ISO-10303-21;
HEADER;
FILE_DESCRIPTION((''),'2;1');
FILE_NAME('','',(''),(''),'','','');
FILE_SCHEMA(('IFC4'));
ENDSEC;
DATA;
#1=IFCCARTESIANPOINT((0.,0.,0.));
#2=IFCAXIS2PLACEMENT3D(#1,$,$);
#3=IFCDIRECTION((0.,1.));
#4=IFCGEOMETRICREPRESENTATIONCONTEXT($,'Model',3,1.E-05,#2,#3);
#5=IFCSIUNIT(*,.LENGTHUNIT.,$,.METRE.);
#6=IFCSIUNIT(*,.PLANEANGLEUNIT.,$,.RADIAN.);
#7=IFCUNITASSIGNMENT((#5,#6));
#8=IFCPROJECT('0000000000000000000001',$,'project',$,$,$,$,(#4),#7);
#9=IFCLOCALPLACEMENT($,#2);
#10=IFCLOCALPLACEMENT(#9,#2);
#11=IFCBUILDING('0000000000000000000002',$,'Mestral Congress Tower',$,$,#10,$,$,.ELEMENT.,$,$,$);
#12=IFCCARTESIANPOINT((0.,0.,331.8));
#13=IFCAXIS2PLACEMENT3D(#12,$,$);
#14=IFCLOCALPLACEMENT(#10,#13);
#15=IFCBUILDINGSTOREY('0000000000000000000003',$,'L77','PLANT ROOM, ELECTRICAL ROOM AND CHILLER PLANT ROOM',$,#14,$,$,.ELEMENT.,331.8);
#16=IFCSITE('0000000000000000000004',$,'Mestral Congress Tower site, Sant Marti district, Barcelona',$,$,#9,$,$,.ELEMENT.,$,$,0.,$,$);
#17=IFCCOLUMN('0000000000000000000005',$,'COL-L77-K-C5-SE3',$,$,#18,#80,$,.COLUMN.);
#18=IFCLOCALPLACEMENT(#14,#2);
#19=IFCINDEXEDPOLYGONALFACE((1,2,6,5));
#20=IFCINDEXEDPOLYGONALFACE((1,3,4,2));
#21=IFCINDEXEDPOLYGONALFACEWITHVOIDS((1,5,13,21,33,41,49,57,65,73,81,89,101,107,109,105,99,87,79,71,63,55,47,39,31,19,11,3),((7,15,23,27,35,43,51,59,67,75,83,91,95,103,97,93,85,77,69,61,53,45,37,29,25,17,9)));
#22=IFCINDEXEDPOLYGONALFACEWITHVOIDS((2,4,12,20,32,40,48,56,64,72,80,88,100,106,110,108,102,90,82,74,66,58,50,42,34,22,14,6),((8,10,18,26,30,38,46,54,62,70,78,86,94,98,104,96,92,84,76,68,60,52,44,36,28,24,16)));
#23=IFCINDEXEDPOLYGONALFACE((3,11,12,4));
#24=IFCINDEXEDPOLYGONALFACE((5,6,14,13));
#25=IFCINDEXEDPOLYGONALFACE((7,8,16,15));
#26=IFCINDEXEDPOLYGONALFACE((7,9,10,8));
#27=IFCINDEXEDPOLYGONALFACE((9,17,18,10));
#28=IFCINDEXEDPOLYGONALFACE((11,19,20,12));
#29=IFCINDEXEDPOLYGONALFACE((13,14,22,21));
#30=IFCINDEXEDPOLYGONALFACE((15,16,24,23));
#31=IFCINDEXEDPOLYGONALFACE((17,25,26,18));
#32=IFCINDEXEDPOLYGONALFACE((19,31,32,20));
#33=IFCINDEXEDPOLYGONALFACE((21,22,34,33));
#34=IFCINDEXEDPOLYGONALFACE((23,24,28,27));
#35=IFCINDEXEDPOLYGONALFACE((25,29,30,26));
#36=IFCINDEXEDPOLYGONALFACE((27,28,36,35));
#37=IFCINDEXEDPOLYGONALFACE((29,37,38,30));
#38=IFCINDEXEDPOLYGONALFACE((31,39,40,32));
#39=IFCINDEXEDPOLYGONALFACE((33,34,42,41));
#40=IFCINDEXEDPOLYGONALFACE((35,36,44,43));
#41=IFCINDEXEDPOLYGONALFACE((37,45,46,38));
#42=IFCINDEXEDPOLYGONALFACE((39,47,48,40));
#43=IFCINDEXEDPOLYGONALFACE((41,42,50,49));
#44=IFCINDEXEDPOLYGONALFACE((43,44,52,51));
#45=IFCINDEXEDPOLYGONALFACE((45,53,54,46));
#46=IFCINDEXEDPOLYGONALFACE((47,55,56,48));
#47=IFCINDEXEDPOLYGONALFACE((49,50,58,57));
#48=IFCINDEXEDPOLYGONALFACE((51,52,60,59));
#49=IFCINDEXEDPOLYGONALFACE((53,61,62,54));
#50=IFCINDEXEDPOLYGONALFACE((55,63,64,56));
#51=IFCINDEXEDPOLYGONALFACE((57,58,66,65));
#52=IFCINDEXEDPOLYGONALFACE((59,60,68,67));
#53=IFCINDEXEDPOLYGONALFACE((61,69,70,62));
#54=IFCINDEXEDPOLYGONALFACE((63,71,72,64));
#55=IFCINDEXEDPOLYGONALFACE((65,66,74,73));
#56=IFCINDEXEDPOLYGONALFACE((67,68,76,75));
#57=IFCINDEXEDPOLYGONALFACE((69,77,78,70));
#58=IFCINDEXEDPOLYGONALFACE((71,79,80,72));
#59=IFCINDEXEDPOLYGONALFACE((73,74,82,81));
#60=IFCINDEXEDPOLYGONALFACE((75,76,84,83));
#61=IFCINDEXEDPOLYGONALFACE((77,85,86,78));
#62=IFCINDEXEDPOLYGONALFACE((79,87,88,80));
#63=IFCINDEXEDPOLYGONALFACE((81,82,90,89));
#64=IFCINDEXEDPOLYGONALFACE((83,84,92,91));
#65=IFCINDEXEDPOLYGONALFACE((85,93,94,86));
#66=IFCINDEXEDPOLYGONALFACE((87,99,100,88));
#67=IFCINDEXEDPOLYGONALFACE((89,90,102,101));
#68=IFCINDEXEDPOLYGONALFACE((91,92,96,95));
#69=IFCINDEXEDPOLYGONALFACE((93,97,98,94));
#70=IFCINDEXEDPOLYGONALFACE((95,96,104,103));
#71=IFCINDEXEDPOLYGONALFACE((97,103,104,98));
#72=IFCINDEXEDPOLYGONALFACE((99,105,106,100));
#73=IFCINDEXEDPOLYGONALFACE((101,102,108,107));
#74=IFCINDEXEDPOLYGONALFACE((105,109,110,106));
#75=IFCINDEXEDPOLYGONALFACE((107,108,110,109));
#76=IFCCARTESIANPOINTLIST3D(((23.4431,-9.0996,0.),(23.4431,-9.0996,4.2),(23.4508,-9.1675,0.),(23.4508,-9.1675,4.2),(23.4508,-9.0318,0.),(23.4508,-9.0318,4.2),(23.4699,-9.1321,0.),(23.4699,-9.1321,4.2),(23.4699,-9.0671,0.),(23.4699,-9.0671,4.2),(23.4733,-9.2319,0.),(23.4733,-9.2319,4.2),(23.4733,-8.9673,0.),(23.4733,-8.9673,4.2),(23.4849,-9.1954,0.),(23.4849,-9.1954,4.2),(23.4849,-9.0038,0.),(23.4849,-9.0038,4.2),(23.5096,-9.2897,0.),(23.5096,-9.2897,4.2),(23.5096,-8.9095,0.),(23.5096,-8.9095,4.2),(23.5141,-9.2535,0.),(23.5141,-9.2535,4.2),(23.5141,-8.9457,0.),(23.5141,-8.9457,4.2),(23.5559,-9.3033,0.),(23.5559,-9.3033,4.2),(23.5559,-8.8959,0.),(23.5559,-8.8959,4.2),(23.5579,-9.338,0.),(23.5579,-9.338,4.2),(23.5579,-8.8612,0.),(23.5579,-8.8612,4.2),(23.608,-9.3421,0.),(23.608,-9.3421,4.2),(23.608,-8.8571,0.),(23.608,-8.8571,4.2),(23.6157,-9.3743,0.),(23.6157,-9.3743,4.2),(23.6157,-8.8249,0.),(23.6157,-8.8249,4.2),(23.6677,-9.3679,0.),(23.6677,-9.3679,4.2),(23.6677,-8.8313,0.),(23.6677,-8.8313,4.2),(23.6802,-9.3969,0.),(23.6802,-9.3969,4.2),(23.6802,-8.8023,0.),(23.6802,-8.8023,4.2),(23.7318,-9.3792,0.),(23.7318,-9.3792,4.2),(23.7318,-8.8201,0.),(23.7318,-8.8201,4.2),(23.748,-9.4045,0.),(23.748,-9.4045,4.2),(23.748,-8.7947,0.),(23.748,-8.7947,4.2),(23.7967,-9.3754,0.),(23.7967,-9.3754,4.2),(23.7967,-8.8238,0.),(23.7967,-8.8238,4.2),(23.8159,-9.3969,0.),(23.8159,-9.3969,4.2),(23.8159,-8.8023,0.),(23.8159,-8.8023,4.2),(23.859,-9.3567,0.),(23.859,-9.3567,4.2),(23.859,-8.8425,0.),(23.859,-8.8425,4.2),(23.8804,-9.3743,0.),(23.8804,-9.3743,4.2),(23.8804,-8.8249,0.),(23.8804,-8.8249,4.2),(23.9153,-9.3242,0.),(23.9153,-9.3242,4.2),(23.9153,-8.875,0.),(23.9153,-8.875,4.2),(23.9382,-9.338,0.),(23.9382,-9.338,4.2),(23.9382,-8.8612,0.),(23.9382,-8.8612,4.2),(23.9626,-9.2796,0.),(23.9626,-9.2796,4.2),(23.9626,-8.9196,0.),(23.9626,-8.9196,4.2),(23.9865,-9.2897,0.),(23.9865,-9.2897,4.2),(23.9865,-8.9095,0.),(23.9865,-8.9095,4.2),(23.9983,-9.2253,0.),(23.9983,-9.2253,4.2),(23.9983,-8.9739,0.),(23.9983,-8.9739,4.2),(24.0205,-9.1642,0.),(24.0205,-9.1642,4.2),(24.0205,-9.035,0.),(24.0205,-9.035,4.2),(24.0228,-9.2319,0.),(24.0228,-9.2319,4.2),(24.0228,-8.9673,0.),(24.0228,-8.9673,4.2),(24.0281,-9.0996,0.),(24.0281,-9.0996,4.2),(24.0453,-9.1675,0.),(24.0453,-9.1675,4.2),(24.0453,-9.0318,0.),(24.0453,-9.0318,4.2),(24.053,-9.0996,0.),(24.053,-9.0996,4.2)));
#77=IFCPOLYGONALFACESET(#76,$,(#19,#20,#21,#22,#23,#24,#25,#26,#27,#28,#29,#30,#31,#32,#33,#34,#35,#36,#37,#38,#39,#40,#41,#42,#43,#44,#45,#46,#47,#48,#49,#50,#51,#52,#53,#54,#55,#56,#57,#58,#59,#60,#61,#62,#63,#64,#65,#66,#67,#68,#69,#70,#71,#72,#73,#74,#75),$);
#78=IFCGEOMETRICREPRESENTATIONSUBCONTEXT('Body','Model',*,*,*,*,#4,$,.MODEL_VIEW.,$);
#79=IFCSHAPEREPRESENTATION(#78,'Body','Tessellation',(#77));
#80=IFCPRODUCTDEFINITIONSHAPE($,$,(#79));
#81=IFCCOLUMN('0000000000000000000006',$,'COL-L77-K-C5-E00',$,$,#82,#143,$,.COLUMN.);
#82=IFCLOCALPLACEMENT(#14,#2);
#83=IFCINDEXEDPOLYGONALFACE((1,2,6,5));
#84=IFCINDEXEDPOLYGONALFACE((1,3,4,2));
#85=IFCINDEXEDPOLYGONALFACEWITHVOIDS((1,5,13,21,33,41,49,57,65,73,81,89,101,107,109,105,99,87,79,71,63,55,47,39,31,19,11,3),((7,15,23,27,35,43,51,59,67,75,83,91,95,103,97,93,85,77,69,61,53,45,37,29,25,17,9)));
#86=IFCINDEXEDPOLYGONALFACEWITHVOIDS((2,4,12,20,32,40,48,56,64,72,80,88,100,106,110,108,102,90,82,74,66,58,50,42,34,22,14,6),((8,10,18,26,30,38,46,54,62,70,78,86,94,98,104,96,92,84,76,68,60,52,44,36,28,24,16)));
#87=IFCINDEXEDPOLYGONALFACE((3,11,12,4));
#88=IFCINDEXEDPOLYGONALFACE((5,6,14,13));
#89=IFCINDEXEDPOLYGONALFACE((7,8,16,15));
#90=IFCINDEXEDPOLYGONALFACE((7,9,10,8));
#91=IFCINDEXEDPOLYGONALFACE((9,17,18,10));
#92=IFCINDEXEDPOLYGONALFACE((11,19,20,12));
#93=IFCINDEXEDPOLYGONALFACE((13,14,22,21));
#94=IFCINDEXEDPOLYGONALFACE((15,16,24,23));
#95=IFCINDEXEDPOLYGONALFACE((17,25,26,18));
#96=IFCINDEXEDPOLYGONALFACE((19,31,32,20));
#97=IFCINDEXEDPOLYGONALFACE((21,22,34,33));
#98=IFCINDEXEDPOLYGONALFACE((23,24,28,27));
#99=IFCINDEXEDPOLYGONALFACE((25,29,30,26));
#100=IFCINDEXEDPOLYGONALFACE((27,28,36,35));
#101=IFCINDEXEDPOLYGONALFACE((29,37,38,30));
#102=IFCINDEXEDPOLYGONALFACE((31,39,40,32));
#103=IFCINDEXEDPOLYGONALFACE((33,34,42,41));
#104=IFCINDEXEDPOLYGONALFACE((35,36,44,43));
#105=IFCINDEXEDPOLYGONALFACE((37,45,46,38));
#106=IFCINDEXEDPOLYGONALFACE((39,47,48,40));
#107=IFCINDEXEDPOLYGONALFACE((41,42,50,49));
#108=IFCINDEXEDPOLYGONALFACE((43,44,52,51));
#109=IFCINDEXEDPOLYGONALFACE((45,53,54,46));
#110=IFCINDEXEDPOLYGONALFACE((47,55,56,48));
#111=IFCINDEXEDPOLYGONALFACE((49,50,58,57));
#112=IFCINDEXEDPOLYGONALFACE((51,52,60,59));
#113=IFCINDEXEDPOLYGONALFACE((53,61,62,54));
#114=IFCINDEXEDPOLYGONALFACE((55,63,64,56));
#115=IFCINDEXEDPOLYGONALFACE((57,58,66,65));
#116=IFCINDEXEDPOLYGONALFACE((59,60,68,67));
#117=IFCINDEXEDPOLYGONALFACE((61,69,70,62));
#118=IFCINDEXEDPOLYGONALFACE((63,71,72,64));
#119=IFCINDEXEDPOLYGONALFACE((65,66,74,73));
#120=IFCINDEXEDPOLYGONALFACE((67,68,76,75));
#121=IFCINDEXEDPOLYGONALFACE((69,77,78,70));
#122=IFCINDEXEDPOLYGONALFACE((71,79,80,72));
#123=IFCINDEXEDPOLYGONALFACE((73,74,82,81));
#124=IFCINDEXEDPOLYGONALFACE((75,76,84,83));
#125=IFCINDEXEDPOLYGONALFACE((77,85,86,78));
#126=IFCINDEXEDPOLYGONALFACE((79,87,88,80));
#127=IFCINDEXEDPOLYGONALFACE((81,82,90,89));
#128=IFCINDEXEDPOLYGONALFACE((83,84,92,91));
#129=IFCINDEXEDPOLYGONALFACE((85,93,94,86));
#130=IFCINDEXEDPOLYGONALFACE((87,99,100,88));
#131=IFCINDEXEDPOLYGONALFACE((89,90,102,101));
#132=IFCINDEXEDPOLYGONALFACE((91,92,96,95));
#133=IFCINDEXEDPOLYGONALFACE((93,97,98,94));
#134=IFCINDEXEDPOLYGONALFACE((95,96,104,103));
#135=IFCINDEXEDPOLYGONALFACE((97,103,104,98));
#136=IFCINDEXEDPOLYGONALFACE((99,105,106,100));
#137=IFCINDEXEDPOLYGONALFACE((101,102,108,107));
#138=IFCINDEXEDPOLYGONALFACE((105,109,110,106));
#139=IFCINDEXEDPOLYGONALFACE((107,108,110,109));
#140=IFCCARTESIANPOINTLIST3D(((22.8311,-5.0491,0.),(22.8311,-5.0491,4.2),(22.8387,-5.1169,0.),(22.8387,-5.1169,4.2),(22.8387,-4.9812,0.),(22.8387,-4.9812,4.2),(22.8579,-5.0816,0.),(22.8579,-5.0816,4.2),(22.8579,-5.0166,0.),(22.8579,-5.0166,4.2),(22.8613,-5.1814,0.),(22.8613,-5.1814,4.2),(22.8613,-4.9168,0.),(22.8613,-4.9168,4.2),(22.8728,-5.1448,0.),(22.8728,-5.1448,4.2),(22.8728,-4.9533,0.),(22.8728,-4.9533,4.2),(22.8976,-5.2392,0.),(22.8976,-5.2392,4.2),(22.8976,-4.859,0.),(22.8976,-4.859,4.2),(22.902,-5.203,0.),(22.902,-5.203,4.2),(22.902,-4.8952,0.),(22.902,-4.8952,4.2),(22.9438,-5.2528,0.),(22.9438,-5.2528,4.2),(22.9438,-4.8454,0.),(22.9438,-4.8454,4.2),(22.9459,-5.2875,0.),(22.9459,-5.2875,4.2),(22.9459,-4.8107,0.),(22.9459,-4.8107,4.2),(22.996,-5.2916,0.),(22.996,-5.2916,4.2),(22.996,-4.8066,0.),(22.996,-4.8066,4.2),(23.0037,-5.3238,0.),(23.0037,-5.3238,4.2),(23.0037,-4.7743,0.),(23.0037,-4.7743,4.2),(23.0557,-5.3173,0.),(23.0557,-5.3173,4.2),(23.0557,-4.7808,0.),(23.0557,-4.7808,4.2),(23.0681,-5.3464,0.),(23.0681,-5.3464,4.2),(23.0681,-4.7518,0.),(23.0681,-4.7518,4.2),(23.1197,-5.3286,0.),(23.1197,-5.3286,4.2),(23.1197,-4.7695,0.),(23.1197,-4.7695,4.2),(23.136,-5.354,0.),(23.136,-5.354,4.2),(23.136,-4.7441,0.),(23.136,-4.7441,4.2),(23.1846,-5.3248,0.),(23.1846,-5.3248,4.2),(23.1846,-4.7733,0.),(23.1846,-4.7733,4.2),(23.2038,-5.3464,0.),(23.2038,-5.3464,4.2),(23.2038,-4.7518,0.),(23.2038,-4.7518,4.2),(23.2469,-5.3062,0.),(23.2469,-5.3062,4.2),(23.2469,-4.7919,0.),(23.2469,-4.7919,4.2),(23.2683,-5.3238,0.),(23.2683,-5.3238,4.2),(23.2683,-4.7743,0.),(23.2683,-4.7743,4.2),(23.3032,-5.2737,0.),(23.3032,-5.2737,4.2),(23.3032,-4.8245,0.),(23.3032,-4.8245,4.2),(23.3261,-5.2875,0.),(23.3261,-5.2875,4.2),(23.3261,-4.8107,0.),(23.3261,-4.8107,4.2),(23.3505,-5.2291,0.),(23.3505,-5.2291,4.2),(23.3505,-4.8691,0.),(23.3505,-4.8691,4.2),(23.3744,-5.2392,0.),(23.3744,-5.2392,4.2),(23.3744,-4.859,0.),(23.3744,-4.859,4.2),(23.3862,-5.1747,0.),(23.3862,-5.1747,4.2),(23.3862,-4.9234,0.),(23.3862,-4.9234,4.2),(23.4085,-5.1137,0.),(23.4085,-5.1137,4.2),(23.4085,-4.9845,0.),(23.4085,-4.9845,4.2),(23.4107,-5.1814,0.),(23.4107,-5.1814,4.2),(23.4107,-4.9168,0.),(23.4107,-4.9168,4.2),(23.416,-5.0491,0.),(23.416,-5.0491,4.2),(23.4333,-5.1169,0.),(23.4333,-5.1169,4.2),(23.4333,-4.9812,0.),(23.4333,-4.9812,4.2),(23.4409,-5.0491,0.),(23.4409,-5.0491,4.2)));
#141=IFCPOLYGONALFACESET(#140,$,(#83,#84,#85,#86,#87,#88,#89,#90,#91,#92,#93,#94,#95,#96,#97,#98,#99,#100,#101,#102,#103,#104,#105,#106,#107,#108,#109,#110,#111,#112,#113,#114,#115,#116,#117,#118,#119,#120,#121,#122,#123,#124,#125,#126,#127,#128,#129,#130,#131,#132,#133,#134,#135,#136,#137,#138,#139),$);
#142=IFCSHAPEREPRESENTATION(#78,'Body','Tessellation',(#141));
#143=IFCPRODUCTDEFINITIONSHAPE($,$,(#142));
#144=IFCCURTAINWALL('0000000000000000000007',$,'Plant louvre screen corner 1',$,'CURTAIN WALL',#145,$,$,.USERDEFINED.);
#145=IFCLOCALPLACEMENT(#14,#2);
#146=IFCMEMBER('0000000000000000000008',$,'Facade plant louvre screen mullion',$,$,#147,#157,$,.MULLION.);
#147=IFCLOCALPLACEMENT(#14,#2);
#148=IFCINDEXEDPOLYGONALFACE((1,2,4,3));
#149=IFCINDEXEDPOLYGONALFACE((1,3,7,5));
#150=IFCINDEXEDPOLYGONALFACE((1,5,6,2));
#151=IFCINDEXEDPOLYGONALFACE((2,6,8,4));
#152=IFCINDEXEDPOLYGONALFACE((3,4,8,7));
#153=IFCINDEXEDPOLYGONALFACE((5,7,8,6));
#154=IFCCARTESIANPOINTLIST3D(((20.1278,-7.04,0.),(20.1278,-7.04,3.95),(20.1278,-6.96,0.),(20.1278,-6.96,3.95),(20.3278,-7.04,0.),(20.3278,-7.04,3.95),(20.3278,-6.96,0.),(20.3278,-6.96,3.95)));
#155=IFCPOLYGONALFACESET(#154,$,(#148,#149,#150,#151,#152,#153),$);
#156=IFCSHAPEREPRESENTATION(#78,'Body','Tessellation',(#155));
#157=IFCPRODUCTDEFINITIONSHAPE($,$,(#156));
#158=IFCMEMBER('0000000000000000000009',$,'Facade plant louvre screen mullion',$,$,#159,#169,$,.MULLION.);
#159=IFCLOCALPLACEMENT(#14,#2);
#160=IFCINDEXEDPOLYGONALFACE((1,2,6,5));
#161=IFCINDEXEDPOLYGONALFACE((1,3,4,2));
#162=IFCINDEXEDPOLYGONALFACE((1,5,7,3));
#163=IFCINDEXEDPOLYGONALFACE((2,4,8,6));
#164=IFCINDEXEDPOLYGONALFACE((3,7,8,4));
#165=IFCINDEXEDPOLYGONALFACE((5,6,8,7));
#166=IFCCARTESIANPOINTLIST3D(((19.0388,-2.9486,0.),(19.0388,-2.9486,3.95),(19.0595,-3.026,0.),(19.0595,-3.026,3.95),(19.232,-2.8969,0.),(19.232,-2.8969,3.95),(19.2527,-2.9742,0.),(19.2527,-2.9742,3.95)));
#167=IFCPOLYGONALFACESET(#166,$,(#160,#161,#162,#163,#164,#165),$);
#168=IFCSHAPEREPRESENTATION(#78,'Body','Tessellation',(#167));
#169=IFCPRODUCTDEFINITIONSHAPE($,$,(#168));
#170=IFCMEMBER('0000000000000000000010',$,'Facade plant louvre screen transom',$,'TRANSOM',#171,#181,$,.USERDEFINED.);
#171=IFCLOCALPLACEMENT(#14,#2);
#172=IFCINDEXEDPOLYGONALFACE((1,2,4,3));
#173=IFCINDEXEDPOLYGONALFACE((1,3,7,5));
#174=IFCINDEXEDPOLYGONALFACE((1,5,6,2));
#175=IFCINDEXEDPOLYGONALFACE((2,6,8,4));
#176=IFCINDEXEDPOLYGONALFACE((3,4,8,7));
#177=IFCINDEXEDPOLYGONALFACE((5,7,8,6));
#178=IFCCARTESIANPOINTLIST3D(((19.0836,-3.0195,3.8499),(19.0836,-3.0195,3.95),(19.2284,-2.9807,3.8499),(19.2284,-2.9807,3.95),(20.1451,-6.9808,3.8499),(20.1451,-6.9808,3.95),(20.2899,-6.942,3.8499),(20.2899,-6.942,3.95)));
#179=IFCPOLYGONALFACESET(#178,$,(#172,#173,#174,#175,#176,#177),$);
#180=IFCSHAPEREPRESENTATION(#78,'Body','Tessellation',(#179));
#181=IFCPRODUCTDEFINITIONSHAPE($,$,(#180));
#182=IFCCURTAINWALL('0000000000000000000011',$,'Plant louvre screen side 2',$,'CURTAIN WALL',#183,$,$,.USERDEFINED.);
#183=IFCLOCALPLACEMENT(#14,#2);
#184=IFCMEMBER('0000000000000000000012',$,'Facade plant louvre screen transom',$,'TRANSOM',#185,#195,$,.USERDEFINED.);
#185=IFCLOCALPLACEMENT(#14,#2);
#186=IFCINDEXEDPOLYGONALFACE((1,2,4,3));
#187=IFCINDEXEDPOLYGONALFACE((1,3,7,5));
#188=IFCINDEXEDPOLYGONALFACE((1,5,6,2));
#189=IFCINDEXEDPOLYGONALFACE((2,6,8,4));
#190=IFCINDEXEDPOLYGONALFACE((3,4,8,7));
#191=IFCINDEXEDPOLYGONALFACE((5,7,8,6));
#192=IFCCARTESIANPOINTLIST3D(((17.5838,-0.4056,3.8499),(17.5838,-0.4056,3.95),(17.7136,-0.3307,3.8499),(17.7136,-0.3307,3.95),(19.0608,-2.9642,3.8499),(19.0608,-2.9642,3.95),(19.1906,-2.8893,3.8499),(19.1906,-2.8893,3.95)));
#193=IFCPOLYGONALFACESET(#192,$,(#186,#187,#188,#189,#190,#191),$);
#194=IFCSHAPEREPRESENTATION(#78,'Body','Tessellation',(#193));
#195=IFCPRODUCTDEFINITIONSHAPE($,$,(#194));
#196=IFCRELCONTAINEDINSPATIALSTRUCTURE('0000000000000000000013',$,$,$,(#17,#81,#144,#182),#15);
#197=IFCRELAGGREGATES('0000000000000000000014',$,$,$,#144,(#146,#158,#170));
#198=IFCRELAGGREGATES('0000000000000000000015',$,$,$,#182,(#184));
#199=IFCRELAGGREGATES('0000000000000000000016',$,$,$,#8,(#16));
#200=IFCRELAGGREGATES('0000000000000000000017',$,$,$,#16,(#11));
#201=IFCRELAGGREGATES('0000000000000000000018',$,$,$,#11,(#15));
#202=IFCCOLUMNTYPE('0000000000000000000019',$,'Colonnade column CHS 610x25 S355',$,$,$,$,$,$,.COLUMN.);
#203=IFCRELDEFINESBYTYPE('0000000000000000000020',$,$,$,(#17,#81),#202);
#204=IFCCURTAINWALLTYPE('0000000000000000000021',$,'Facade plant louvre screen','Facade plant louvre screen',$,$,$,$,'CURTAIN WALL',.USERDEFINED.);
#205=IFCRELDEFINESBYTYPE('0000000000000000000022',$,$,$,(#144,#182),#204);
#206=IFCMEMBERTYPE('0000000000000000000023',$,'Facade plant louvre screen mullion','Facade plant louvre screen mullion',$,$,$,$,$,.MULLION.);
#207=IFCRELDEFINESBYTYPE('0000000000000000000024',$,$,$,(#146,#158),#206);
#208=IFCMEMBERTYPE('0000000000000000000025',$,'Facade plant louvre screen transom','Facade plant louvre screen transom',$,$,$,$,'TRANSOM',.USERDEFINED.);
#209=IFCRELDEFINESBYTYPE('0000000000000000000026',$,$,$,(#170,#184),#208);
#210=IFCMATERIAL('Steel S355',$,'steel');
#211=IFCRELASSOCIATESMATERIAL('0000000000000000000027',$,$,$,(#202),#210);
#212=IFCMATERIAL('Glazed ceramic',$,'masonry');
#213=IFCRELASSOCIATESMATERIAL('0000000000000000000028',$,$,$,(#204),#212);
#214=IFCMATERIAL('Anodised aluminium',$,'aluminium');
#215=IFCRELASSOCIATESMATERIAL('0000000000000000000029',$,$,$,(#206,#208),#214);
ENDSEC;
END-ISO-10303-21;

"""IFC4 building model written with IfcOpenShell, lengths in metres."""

from ifc_helpers import new_model, si_unit, direction, frame, origin, origin_2d, place, context, subcontext, project, spatial, rectangle, hollow_circle, extrude, material, material_profile, profile_set, type_object, element, aggregate, save


model = new_model("IFC4")

# Units and contexts
model_context = context("Model", 3, precision=1e-05, world=origin(), true_north=direction((0.0, 1.0)))
body_context = subcontext(model_context, "Body", "Model", "MODEL_VIEW")
ifc_project = project(units=[si_unit("LENGTHUNIT", "METRE"), si_unit("PLANEANGLEUNIT", "RADIAN")], contexts=[model_context])

# Site, building, storey
site_placement = place(None, origin())
site = spatial("IfcSite", under=ifc_project, at=site_placement, Name="Mestral Congress Tower site, Sant Marti district, Barcelona", CompositionType="ELEMENT", RefElevation=0.0)
building_placement = place(site_placement, origin())
building = spatial("IfcBuilding", under=site, at=building_placement, Name="Mestral Congress Tower", CompositionType="ELEMENT")
storey_placement = place(building_placement, frame((0.0, 0.0, 331.8)))
storey = spatial("IfcBuildingStorey", under=building, at=storey_placement, Name="L77", Description="PLANT ROOM, ELECTRICAL ROOM AND CHILLER PLANT ROOM", CompositionType="ELEMENT", Elevation=331.8)

# Columns
ifc_material_1 = material(Name="Steel S355", Category="steel")
ifc_material_profile_1 = material_profile(ifc_material_1, hollow_circle(Radius=0.3049, WallThickness=0.0249, at=origin_2d()), Name="CHS 610x25")
ifc_profile_set_1 = profile_set([ifc_material_profile_1], Name="Steel S355")
column_type = type_object("IfcColumnType", Name="Colonnade column CHS 610x25 S355", PredefinedType="COLUMN", material=ifc_profile_set_1)
for number, where, z_axis, x_axis, name in (
    (1, (23.748, -9.0996, 0.0), (0.0, 0.0, 1.0), (1.0, 0.0, 0.0), "COL-L77-K-C5-SE3"),
    (2, (23.136, -5.0491, 0.0), (0.0, 0.0, 1.0), (1.0, 0.0, 0.0), "COL-L77-K-C5-E00"),
):
    element("IfcColumn", number, at=place(storey_placement, frame(where, z_axis=z_axis, x_axis=x_axis)), inside=storey, type_object=column_type, Name=name, PredefinedType="COLUMN", context=body_context, shape_type="SweptSolid", body=[
        extrude(hollow_circle(Radius=0.3049, WallThickness=0.0249, at=origin_2d()), origin(), (0.0, 0.0, 1.0), 4.2),
    ])

# Curtain wall, members
ifc_material_2 = material(Name="Glazed ceramic", Category="masonry")
curtain_wall_type = type_object("IfcCurtainWallType", Name="Facade plant louvre screen", Description="Facade plant louvre screen", ElementType="CURTAIN WALL", PredefinedType="USERDEFINED", material=ifc_material_2)
placement = place(storey_placement, origin())
curtain_wall_1 = element("IfcCurtainWall", 3, at=placement, inside=storey, type_object=curtain_wall_type, Name="Plant louvre screen corner 1", ObjectType="CURTAIN WALL", PredefinedType="USERDEFINED")
ifc_material_3 = material(Name="Anodised aluminium", Category="aluminium")
ifc_material_profile_2 = material_profile(ifc_material_3, rectangle(XDim=0.2, YDim=0.0801, at=origin_2d()), Name="CW6 mullion 200 x 80")
ifc_profile_set_2 = profile_set([ifc_material_profile_2], Name="Anodised aluminium")
member_type_1 = type_object("IfcMemberType", Name="Facade plant louvre screen mullion", Description="Facade plant louvre screen mullion", PredefinedType="MULLION", material=ifc_profile_set_2)
member_1_placement = place(storey_placement, frame((20.2278, -7.0, 0.0), z_axis=(0.0, 0.0, 1.0), x_axis=(1.0, 0.0, 0.0)))
member_1 = element("IfcMember", 4, at=member_1_placement, type_object=member_type_1, Name="Facade plant louvre screen mullion", PredefinedType="MULLION", context=body_context, shape_type="SweptSolid", body=[
    extrude(rectangle(XDim=0.2, YDim=0.0801, at=origin_2d()), origin(), (0.0, 0.0, 1.0), 3.95),
])
member_2_placement = place(storey_placement, frame((19.1458, -2.9614, 0.0), z_axis=(0.0, 0.0, 1.0), x_axis=(0.965926, 0.258819, 0.0)))
member_2 = element("IfcMember", 5, at=member_2_placement, type_object=member_type_1, Name="Facade plant louvre screen mullion", PredefinedType="MULLION", context=body_context, shape_type="SweptSolid", body=[
    extrude(rectangle(XDim=0.2, YDim=0.0801, at=origin_2d()), origin(), (0.0, 0.0, 1.0), 3.95),
])
ifc_material_profile_3 = material_profile(ifc_material_3, rectangle(XDim=0.1499, YDim=0.1001, at=origin_2d()), Name="CW6 transom 150 x 100")
ifc_profile_set_3 = profile_set([ifc_material_profile_3], Name="Anodised aluminium")
member_type_2 = type_object("IfcMemberType", Name="Facade plant louvre screen transom", Description="Facade plant louvre screen transom", ElementType="TRANSOM", PredefinedType="USERDEFINED", material=ifc_profile_set_3)
member_3_placement = place(storey_placement, frame((20.2175, -6.9614, 3.8999), z_axis=(-0.258833, 0.965922, 0.0), x_axis=(-0.965922, -0.258833, 0.0)))
member_3 = element("IfcMember", 6, at=member_3_placement, type_object=member_type_2, Name="Facade plant louvre screen transom", ObjectType="TRANSOM", PredefinedType="USERDEFINED", context=body_context, shape_type="SweptSolid", body=[
    extrude(rectangle(XDim=0.1499, YDim=0.1001, at=origin_2d()), origin(), (0.0, 0.0, 1.0), 4.1011),
])

# Curtain wall, member
curtain_wall_2 = element("IfcCurtainWall", 7, at=placement, inside=storey, type_object=curtain_wall_type, Name="Plant louvre screen side 2", ObjectType="CURTAIN WALL", PredefinedType="USERDEFINED")
member_4_placement = place(storey_placement, frame((19.1257, -2.9268, 3.8999), z_axis=(-0.499961, 0.866048, 0.0), x_axis=(-0.866048, -0.499961, 0.0)))
member_4 = element("IfcMember", 8, at=member_4_placement, type_object=member_type_2, Name="Facade plant louvre screen transom", ObjectType="TRANSOM", PredefinedType="USERDEFINED", context=body_context, shape_type="SweptSolid", body=[
    extrude(rectangle(XDim=0.1499, YDim=0.1001, at=origin_2d()), origin(), (0.0, 0.0, 1.0), 2.9543),
])

aggregate(curtain_wall_1, [member_1, member_2, member_3])
aggregate(curtain_wall_2, [member_4])

save(model, "model.ifc")
